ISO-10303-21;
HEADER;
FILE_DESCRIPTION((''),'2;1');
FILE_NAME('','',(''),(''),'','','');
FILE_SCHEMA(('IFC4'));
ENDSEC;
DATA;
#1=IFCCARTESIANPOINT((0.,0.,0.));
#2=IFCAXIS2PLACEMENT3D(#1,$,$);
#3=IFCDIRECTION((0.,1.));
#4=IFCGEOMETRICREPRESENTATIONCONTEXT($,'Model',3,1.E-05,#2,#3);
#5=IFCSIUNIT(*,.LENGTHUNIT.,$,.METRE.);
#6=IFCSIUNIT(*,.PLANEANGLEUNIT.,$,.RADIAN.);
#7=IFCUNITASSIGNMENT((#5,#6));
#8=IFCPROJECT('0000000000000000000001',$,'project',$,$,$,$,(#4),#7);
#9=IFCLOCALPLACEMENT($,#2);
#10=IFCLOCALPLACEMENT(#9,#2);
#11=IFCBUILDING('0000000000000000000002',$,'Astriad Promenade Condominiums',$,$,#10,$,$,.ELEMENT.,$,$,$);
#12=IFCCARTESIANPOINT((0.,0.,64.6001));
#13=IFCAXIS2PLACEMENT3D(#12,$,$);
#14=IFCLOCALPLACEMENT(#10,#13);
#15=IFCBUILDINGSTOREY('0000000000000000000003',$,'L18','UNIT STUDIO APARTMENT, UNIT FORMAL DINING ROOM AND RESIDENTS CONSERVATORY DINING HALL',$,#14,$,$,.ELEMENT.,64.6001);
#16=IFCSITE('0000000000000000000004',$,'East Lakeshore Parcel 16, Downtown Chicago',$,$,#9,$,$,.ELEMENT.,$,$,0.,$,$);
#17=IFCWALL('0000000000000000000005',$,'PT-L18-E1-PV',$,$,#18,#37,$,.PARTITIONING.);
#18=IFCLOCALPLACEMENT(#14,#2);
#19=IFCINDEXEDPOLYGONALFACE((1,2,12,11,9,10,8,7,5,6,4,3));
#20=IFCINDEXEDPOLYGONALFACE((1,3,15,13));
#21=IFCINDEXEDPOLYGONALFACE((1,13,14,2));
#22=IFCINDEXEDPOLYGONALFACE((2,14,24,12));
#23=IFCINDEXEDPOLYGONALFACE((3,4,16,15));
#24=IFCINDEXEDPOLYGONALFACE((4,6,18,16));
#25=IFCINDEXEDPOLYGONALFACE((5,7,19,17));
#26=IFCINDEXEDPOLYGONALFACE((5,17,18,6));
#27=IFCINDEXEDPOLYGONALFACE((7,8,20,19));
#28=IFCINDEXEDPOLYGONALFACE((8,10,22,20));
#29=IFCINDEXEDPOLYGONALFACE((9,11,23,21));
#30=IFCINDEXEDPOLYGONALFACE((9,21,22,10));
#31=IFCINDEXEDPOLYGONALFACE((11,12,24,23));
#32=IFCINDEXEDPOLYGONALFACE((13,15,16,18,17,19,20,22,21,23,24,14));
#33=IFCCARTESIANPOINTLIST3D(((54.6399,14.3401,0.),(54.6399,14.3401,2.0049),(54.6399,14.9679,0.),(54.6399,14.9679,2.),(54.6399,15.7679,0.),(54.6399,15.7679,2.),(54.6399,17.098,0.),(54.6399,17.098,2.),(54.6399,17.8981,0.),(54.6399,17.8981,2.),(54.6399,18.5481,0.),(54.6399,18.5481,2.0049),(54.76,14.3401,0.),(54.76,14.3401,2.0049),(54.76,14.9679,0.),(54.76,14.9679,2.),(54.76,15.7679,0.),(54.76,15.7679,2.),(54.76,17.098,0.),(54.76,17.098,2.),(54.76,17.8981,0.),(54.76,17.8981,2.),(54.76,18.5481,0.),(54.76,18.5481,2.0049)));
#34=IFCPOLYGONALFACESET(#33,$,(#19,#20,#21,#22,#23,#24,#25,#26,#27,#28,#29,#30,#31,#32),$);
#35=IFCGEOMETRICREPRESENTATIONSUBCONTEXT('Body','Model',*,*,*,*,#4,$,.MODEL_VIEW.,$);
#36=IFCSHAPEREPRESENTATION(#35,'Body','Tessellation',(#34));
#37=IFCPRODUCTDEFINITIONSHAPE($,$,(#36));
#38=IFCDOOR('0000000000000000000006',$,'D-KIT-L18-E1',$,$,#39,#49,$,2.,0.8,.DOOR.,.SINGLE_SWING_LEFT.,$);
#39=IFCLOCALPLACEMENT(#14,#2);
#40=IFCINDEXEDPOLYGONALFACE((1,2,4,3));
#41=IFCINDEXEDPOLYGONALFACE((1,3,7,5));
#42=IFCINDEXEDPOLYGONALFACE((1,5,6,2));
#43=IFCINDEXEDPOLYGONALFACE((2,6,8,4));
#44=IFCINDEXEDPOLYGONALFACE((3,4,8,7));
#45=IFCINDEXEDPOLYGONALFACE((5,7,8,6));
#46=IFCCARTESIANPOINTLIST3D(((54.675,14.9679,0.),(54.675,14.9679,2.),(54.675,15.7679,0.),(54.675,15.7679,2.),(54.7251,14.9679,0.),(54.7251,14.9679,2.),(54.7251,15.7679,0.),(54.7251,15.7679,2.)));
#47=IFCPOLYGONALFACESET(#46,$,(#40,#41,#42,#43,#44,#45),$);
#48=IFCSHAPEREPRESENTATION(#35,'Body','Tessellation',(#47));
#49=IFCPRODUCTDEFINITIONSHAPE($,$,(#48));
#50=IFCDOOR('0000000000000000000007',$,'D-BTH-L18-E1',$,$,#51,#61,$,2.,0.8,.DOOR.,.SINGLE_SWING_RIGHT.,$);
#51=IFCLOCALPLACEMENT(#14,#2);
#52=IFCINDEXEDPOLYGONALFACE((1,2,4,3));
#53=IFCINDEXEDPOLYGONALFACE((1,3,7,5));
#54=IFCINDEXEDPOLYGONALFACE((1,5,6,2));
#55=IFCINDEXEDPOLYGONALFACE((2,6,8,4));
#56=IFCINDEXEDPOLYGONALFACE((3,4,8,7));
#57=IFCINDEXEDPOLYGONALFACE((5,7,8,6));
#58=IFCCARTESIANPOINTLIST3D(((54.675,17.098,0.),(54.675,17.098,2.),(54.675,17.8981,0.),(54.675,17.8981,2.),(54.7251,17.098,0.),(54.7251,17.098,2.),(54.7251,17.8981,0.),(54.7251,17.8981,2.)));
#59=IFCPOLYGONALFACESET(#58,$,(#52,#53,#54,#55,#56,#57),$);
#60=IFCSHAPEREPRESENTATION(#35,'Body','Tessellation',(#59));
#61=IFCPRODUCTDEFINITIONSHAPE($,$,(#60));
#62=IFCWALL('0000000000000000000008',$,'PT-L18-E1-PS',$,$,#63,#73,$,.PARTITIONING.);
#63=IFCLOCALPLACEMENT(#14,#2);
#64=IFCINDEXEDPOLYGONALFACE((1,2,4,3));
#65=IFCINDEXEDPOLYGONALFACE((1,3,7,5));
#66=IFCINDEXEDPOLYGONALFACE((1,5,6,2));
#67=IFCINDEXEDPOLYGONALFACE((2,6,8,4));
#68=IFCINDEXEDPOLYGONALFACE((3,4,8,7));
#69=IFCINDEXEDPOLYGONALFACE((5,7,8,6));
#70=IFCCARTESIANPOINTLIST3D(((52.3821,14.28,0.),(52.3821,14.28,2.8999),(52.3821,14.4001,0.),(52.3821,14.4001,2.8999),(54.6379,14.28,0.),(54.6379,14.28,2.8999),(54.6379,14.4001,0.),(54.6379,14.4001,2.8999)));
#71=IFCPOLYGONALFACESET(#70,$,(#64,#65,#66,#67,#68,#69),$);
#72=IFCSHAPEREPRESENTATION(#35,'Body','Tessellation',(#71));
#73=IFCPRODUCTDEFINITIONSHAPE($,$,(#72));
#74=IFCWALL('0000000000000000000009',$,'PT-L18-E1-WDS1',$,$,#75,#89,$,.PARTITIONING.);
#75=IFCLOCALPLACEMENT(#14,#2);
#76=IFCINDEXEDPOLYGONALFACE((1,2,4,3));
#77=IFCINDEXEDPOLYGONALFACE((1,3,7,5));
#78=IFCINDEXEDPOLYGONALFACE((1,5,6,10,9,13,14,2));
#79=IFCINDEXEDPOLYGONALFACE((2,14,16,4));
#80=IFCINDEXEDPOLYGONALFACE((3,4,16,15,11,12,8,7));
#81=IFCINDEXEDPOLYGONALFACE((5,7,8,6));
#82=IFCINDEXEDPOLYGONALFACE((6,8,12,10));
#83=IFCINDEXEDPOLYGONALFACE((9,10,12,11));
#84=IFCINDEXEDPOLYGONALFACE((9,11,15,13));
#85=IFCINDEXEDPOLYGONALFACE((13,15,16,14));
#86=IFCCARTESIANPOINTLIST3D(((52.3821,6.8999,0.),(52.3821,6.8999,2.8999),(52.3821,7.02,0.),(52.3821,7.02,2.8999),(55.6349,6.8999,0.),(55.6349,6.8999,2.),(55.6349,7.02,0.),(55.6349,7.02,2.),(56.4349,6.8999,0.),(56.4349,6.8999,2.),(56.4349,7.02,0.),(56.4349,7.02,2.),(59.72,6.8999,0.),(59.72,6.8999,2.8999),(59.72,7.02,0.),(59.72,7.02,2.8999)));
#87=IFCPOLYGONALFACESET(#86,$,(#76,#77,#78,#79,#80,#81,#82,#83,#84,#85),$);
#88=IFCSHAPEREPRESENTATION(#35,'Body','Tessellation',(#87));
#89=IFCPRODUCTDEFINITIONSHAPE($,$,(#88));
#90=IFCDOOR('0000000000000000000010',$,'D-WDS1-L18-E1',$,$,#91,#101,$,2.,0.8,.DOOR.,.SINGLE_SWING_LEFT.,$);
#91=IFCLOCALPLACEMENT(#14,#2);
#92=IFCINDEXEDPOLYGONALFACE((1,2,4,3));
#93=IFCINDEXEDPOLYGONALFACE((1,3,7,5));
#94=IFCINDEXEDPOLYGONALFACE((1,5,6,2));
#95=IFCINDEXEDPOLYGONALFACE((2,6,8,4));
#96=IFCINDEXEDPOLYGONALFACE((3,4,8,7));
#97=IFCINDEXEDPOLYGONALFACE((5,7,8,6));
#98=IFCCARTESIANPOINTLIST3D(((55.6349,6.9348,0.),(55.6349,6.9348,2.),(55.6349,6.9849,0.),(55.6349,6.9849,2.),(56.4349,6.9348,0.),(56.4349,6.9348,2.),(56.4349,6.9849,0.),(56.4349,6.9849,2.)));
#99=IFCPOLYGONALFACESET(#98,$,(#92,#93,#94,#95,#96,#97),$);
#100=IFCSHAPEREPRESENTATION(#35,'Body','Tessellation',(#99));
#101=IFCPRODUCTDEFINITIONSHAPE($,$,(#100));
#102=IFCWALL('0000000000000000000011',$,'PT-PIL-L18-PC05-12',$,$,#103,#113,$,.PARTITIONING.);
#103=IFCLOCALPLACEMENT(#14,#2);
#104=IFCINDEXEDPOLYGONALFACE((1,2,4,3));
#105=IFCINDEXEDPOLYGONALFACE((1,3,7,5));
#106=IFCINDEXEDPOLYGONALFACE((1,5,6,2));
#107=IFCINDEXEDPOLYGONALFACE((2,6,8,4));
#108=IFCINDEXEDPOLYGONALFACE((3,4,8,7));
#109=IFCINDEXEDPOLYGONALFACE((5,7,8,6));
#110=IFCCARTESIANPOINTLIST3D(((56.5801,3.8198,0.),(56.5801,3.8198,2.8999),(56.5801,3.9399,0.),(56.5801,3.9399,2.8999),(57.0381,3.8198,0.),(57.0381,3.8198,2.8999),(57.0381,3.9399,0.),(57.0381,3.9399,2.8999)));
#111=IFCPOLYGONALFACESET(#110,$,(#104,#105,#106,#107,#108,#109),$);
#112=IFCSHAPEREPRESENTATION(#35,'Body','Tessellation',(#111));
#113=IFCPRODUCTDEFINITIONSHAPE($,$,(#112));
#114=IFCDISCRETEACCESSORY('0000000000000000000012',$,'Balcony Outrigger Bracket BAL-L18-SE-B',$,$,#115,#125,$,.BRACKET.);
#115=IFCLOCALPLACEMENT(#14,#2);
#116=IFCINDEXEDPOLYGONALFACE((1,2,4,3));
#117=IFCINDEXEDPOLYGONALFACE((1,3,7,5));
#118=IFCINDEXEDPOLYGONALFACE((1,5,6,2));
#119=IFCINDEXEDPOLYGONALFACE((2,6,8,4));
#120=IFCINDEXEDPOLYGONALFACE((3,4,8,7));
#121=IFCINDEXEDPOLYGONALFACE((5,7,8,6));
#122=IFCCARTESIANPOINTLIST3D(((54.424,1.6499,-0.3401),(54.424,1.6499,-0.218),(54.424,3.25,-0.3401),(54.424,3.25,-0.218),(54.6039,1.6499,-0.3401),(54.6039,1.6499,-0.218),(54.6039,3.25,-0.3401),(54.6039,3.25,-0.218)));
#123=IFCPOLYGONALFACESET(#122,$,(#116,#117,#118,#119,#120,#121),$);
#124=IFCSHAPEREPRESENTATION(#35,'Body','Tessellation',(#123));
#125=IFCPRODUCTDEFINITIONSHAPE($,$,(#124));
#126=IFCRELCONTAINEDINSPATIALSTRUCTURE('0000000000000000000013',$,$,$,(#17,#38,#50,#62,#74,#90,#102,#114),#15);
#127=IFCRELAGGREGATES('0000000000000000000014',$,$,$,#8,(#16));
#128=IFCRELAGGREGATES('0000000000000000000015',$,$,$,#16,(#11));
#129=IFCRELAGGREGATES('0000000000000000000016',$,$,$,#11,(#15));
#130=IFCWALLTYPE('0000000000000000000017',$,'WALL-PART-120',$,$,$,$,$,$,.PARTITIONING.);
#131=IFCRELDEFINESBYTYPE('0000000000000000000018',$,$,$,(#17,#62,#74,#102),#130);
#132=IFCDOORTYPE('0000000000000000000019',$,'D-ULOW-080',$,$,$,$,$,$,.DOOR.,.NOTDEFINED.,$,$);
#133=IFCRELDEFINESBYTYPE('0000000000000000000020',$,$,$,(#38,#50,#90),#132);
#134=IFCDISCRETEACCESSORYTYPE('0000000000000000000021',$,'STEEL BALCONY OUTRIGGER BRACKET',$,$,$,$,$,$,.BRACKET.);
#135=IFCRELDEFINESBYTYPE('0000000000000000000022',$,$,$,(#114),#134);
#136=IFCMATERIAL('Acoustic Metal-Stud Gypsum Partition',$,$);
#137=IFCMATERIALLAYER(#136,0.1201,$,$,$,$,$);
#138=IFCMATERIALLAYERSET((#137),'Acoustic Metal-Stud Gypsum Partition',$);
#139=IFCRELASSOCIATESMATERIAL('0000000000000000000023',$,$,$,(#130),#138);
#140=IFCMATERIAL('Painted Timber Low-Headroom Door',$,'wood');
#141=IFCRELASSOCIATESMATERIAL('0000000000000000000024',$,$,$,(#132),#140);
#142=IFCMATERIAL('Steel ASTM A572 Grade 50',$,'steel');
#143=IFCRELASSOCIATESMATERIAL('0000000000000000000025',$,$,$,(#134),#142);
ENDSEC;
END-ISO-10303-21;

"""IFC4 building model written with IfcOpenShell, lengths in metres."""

from ifc_helpers import new_model, si_unit, direction, frame, frame_2d, origin, origin_2d, place, context, subcontext, project, spatial, rectangle, extrude, source, transform, mapped, material, layer, layer_set, type_object, type_shapes, element, fill, save


model = new_model("IFC4")

# Units and contexts
model_context = context("Model", 3, precision=1e-05, world=origin(), true_north=direction((0.0, 1.0)))
body_context = subcontext(model_context, "Body", "Model", "MODEL_VIEW")
ifc_project = project(units=[si_unit("LENGTHUNIT", "METRE"), si_unit("PLANEANGLEUNIT", "RADIAN")], contexts=[model_context])

# Site, building, storey
site_placement = place(None, origin())
site = spatial("IfcSite", under=ifc_project, at=site_placement, Name="East Lakeshore Parcel 16, Downtown Chicago", CompositionType="ELEMENT", RefElevation=0.0)
building_placement = place(site_placement, origin())
building = spatial("IfcBuilding", under=site, at=building_placement, Name="Astriad Promenade Condominiums", CompositionType="ELEMENT")
storey_placement = place(building_placement, frame((0.0, 0.0, 64.6001)))
storey = spatial("IfcBuildingStorey", under=building, at=storey_placement, Name="L18", Description="UNIT STUDIO APARTMENT, UNIT FORMAL DINING ROOM AND RESIDENTS CONSERVATORY DINING HALL", CompositionType="ELEMENT", Elevation=64.6001)

# Shared definitions
ifc_material_1 = material(Name="Acoustic Metal-Stud Gypsum Partition")
ifc_layer_1 = layer(ifc_material_1, 0.1201)
ifc_layer_set_1 = layer_set([ifc_layer_1], Name="Acoustic Metal-Stud Gypsum Partition")
wall_type_1 = type_object("IfcWallType", Name="WALL-PART-120", PredefinedType="PARTITIONING", material=ifc_layer_set_1)

# Wall, openings, doors
wall_1_placement = place(storey_placement, frame((54.7, 14.3401, 0.0), z_axis=(0.0, 0.0, 1.0), x_axis=(0.0, 1.0, 0.0)))
wall_1 = element("IfcWall", 1, at=wall_1_placement, inside=storey, type_object=wall_type_1, Name="PT-L18-E1-PV", PredefinedType="PARTITIONING", context=body_context, shape_type="SweptSolid", body=[
    extrude(rectangle(XDim=4.208, YDim=0.1201, at=frame_2d((2.104, 0.0))), origin(), (0.0, 0.0, 1.0), 2.0049),
])
opening_1_placement = place(wall_1_placement, frame((0.6279, 0.0, 0.0)))
opening_1 = element("IfcOpeningElement", 2, at=opening_1_placement, cuts=wall_1, PredefinedType="OPENING", context=body_context, shape_type="SweptSolid", body=[
    extrude(rectangle(XDim=0.8, YDim=2.0, at=frame_2d((0.3999, 1.0))), frame((0.0, 0.0701, 0.0), z_axis=(0.0, -1.0, 0.0), x_axis=(1.0, 0.0, 0.0)), (0.0, 0.0, 1.0), 0.1401),
])
opening_2_placement = place(wall_1_placement, frame((2.7581, 0.0, 0.0)))
opening_2 = element("IfcOpeningElement", 3, at=opening_2_placement, cuts=wall_1, PredefinedType="OPENING", context=body_context, shape_type="SweptSolid", body=[
    extrude(rectangle(XDim=0.8, YDim=2.0, at=frame_2d((0.3999, 1.0))), frame((0.0, 0.0701, 0.0), z_axis=(0.0, -1.0, 0.0), x_axis=(1.0, 0.0, 0.0)), (0.0, 0.0, 1.0), 0.1401),
])
ifc_material_2 = material(Name="Painted Timber Low-Headroom Door", Category="wood")
door_type_1 = type_object("IfcDoorType", Name="D-ULOW-080", OperationType="NOTDEFINED", PredefinedType="DOOR", material=ifc_material_2)
shared_shape_1 = source(origin(), body_context, "Body", "SweptSolid", [
    extrude(rectangle(XDim=0.8, YDim=2.0, at=frame_2d((0.3999, 1.0))), frame((0.0, 0.0249, 0.0), z_axis=(0.0, -1.0, 0.0), x_axis=(1.0, 0.0, 0.0)), (0.0, 0.0, 1.0), 0.05),
])
type_shapes(door_type_1, [shared_shape_1])
door_1_placement = place(opening_1_placement, origin())
door_1 = element("IfcDoor", 4, at=door_1_placement, inside=storey, type_object=door_type_1, Name="D-KIT-L18-E1", OperationType="SINGLE_SWING_LEFT", OverallHeight=2.0, OverallWidth=0.8, PredefinedType="DOOR", context=body_context, shape_type="MappedRepresentation", body=[
    mapped(shared_shape_1, transform((0.0, 0.0, 0.0), scale=1.0)),
])
fill(opening_1, door_1)
door_2_placement = place(opening_2_placement, origin())
door_2 = element("IfcDoor", 5, at=door_2_placement, inside=storey, type_object=door_type_1, Name="D-BTH-L18-E1", OperationType="SINGLE_SWING_RIGHT", OverallHeight=2.0, OverallWidth=0.8, PredefinedType="DOOR", context=body_context, shape_type="MappedRepresentation", body=[
    mapped(shared_shape_1, transform((0.0, 0.0, 0.0), scale=1.0)),
])
fill(opening_2, door_2)

# Wall
wall_2_placement = place(storey_placement, frame((52.3821, 14.3401, 0.0), z_axis=(0.0, 0.0, 1.0), x_axis=(1.0, 0.0, 0.0)))
element("IfcWall", 6, at=wall_2_placement, inside=storey, type_object=wall_type_1, Name="PT-L18-E1-PS", PredefinedType="PARTITIONING", context=body_context, shape_type="SweptSolid", body=[
    extrude(rectangle(XDim=2.2559, YDim=0.1201, at=frame_2d((1.1279, 0.0))), origin(), (0.0, 0.0, 1.0), 2.8999),
])

# Wall, opening, door
wall_3_placement = place(storey_placement, frame((52.3821, 6.96, 0.0), z_axis=(0.0, 0.0, 1.0), x_axis=(1.0, 0.0, 0.0)))
wall_3 = element("IfcWall", 7, at=wall_3_placement, inside=storey, type_object=wall_type_1, Name="PT-L18-E1-WDS1", PredefinedType="PARTITIONING", context=body_context, shape_type="SweptSolid", body=[
    extrude(rectangle(XDim=7.3379, YDim=0.1201, at=frame_2d((3.6689, 0.0))), origin(), (0.0, 0.0, 1.0), 2.8999),
])
opening_3_placement = place(wall_3_placement, frame((3.2529, 0.0, 0.0)))
opening_3 = element("IfcOpeningElement", 8, at=opening_3_placement, cuts=wall_3, PredefinedType="OPENING", context=body_context, shape_type="SweptSolid", body=[
    extrude(rectangle(XDim=0.8, YDim=2.0, at=frame_2d((0.3999, 1.0))), frame((0.0, 0.0701, 0.0), z_axis=(0.0, -1.0, 0.0), x_axis=(1.0, 0.0, 0.0)), (0.0, 0.0, 1.0), 0.1401),
])
door_3_placement = place(opening_3_placement, origin())
door_3 = element("IfcDoor", 9, at=door_3_placement, inside=storey, type_object=door_type_1, Name="D-WDS1-L18-E1", OperationType="SINGLE_SWING_LEFT", OverallHeight=2.0, OverallWidth=0.8, PredefinedType="DOOR", context=body_context, shape_type="MappedRepresentation", body=[
    mapped(shared_shape_1, transform((0.0, 0.0, 0.0), scale=1.0)),
])
fill(opening_3, door_3)

# Wall
wall_4_placement = place(storey_placement, frame((56.5801, 3.8799, 0.0), z_axis=(0.0, 0.0, 1.0), x_axis=(1.0, 0.0, 0.0)))
element("IfcWall", 10, at=wall_4_placement, inside=storey, type_object=wall_type_1, Name="PT-PIL-L18-PC05-12", PredefinedType="PARTITIONING", context=body_context, shape_type="SweptSolid", body=[
    extrude(rectangle(XDim=0.458, YDim=0.1201, at=frame_2d((0.229, 0.0))), origin(), (0.0, 0.0, 1.0), 2.8999),
])

# Discrete accessory
ifc_material_3 = material(Name="Steel ASTM A572 Grade 50", Category="steel")
discrete_accessory_type = type_object("IfcDiscreteAccessoryType", Name="STEEL BALCONY OUTRIGGER BRACKET", PredefinedType="BRACKET", material=ifc_material_3)
shared_shape_2 = source(origin(), body_context, "Body", "SweptSolid", [
    extrude(rectangle(XDim=1.6001, YDim=0.1799, at=origin_2d()), origin(), (0.0, 0.0, 1.0), 0.1221),
])
type_shapes(discrete_accessory_type, [shared_shape_2])
discrete_accessory_placement = place(storey_placement, frame((54.5139, 2.45, -0.3401), z_axis=(0.0, 0.0, 1.0), x_axis=(0.0, -1.0, 0.0)))
element("IfcDiscreteAccessory", 11, at=discrete_accessory_placement, inside=storey, type_object=discrete_accessory_type, Name="Balcony Outrigger Bracket BAL-L18-SE-B", PredefinedType="BRACKET", context=body_context, shape_type="MappedRepresentation", body=[
    mapped(shared_shape_2, transform((0.0, 0.0, 0.0), scale=1.0)),
])

save(model, "model.ifc")
